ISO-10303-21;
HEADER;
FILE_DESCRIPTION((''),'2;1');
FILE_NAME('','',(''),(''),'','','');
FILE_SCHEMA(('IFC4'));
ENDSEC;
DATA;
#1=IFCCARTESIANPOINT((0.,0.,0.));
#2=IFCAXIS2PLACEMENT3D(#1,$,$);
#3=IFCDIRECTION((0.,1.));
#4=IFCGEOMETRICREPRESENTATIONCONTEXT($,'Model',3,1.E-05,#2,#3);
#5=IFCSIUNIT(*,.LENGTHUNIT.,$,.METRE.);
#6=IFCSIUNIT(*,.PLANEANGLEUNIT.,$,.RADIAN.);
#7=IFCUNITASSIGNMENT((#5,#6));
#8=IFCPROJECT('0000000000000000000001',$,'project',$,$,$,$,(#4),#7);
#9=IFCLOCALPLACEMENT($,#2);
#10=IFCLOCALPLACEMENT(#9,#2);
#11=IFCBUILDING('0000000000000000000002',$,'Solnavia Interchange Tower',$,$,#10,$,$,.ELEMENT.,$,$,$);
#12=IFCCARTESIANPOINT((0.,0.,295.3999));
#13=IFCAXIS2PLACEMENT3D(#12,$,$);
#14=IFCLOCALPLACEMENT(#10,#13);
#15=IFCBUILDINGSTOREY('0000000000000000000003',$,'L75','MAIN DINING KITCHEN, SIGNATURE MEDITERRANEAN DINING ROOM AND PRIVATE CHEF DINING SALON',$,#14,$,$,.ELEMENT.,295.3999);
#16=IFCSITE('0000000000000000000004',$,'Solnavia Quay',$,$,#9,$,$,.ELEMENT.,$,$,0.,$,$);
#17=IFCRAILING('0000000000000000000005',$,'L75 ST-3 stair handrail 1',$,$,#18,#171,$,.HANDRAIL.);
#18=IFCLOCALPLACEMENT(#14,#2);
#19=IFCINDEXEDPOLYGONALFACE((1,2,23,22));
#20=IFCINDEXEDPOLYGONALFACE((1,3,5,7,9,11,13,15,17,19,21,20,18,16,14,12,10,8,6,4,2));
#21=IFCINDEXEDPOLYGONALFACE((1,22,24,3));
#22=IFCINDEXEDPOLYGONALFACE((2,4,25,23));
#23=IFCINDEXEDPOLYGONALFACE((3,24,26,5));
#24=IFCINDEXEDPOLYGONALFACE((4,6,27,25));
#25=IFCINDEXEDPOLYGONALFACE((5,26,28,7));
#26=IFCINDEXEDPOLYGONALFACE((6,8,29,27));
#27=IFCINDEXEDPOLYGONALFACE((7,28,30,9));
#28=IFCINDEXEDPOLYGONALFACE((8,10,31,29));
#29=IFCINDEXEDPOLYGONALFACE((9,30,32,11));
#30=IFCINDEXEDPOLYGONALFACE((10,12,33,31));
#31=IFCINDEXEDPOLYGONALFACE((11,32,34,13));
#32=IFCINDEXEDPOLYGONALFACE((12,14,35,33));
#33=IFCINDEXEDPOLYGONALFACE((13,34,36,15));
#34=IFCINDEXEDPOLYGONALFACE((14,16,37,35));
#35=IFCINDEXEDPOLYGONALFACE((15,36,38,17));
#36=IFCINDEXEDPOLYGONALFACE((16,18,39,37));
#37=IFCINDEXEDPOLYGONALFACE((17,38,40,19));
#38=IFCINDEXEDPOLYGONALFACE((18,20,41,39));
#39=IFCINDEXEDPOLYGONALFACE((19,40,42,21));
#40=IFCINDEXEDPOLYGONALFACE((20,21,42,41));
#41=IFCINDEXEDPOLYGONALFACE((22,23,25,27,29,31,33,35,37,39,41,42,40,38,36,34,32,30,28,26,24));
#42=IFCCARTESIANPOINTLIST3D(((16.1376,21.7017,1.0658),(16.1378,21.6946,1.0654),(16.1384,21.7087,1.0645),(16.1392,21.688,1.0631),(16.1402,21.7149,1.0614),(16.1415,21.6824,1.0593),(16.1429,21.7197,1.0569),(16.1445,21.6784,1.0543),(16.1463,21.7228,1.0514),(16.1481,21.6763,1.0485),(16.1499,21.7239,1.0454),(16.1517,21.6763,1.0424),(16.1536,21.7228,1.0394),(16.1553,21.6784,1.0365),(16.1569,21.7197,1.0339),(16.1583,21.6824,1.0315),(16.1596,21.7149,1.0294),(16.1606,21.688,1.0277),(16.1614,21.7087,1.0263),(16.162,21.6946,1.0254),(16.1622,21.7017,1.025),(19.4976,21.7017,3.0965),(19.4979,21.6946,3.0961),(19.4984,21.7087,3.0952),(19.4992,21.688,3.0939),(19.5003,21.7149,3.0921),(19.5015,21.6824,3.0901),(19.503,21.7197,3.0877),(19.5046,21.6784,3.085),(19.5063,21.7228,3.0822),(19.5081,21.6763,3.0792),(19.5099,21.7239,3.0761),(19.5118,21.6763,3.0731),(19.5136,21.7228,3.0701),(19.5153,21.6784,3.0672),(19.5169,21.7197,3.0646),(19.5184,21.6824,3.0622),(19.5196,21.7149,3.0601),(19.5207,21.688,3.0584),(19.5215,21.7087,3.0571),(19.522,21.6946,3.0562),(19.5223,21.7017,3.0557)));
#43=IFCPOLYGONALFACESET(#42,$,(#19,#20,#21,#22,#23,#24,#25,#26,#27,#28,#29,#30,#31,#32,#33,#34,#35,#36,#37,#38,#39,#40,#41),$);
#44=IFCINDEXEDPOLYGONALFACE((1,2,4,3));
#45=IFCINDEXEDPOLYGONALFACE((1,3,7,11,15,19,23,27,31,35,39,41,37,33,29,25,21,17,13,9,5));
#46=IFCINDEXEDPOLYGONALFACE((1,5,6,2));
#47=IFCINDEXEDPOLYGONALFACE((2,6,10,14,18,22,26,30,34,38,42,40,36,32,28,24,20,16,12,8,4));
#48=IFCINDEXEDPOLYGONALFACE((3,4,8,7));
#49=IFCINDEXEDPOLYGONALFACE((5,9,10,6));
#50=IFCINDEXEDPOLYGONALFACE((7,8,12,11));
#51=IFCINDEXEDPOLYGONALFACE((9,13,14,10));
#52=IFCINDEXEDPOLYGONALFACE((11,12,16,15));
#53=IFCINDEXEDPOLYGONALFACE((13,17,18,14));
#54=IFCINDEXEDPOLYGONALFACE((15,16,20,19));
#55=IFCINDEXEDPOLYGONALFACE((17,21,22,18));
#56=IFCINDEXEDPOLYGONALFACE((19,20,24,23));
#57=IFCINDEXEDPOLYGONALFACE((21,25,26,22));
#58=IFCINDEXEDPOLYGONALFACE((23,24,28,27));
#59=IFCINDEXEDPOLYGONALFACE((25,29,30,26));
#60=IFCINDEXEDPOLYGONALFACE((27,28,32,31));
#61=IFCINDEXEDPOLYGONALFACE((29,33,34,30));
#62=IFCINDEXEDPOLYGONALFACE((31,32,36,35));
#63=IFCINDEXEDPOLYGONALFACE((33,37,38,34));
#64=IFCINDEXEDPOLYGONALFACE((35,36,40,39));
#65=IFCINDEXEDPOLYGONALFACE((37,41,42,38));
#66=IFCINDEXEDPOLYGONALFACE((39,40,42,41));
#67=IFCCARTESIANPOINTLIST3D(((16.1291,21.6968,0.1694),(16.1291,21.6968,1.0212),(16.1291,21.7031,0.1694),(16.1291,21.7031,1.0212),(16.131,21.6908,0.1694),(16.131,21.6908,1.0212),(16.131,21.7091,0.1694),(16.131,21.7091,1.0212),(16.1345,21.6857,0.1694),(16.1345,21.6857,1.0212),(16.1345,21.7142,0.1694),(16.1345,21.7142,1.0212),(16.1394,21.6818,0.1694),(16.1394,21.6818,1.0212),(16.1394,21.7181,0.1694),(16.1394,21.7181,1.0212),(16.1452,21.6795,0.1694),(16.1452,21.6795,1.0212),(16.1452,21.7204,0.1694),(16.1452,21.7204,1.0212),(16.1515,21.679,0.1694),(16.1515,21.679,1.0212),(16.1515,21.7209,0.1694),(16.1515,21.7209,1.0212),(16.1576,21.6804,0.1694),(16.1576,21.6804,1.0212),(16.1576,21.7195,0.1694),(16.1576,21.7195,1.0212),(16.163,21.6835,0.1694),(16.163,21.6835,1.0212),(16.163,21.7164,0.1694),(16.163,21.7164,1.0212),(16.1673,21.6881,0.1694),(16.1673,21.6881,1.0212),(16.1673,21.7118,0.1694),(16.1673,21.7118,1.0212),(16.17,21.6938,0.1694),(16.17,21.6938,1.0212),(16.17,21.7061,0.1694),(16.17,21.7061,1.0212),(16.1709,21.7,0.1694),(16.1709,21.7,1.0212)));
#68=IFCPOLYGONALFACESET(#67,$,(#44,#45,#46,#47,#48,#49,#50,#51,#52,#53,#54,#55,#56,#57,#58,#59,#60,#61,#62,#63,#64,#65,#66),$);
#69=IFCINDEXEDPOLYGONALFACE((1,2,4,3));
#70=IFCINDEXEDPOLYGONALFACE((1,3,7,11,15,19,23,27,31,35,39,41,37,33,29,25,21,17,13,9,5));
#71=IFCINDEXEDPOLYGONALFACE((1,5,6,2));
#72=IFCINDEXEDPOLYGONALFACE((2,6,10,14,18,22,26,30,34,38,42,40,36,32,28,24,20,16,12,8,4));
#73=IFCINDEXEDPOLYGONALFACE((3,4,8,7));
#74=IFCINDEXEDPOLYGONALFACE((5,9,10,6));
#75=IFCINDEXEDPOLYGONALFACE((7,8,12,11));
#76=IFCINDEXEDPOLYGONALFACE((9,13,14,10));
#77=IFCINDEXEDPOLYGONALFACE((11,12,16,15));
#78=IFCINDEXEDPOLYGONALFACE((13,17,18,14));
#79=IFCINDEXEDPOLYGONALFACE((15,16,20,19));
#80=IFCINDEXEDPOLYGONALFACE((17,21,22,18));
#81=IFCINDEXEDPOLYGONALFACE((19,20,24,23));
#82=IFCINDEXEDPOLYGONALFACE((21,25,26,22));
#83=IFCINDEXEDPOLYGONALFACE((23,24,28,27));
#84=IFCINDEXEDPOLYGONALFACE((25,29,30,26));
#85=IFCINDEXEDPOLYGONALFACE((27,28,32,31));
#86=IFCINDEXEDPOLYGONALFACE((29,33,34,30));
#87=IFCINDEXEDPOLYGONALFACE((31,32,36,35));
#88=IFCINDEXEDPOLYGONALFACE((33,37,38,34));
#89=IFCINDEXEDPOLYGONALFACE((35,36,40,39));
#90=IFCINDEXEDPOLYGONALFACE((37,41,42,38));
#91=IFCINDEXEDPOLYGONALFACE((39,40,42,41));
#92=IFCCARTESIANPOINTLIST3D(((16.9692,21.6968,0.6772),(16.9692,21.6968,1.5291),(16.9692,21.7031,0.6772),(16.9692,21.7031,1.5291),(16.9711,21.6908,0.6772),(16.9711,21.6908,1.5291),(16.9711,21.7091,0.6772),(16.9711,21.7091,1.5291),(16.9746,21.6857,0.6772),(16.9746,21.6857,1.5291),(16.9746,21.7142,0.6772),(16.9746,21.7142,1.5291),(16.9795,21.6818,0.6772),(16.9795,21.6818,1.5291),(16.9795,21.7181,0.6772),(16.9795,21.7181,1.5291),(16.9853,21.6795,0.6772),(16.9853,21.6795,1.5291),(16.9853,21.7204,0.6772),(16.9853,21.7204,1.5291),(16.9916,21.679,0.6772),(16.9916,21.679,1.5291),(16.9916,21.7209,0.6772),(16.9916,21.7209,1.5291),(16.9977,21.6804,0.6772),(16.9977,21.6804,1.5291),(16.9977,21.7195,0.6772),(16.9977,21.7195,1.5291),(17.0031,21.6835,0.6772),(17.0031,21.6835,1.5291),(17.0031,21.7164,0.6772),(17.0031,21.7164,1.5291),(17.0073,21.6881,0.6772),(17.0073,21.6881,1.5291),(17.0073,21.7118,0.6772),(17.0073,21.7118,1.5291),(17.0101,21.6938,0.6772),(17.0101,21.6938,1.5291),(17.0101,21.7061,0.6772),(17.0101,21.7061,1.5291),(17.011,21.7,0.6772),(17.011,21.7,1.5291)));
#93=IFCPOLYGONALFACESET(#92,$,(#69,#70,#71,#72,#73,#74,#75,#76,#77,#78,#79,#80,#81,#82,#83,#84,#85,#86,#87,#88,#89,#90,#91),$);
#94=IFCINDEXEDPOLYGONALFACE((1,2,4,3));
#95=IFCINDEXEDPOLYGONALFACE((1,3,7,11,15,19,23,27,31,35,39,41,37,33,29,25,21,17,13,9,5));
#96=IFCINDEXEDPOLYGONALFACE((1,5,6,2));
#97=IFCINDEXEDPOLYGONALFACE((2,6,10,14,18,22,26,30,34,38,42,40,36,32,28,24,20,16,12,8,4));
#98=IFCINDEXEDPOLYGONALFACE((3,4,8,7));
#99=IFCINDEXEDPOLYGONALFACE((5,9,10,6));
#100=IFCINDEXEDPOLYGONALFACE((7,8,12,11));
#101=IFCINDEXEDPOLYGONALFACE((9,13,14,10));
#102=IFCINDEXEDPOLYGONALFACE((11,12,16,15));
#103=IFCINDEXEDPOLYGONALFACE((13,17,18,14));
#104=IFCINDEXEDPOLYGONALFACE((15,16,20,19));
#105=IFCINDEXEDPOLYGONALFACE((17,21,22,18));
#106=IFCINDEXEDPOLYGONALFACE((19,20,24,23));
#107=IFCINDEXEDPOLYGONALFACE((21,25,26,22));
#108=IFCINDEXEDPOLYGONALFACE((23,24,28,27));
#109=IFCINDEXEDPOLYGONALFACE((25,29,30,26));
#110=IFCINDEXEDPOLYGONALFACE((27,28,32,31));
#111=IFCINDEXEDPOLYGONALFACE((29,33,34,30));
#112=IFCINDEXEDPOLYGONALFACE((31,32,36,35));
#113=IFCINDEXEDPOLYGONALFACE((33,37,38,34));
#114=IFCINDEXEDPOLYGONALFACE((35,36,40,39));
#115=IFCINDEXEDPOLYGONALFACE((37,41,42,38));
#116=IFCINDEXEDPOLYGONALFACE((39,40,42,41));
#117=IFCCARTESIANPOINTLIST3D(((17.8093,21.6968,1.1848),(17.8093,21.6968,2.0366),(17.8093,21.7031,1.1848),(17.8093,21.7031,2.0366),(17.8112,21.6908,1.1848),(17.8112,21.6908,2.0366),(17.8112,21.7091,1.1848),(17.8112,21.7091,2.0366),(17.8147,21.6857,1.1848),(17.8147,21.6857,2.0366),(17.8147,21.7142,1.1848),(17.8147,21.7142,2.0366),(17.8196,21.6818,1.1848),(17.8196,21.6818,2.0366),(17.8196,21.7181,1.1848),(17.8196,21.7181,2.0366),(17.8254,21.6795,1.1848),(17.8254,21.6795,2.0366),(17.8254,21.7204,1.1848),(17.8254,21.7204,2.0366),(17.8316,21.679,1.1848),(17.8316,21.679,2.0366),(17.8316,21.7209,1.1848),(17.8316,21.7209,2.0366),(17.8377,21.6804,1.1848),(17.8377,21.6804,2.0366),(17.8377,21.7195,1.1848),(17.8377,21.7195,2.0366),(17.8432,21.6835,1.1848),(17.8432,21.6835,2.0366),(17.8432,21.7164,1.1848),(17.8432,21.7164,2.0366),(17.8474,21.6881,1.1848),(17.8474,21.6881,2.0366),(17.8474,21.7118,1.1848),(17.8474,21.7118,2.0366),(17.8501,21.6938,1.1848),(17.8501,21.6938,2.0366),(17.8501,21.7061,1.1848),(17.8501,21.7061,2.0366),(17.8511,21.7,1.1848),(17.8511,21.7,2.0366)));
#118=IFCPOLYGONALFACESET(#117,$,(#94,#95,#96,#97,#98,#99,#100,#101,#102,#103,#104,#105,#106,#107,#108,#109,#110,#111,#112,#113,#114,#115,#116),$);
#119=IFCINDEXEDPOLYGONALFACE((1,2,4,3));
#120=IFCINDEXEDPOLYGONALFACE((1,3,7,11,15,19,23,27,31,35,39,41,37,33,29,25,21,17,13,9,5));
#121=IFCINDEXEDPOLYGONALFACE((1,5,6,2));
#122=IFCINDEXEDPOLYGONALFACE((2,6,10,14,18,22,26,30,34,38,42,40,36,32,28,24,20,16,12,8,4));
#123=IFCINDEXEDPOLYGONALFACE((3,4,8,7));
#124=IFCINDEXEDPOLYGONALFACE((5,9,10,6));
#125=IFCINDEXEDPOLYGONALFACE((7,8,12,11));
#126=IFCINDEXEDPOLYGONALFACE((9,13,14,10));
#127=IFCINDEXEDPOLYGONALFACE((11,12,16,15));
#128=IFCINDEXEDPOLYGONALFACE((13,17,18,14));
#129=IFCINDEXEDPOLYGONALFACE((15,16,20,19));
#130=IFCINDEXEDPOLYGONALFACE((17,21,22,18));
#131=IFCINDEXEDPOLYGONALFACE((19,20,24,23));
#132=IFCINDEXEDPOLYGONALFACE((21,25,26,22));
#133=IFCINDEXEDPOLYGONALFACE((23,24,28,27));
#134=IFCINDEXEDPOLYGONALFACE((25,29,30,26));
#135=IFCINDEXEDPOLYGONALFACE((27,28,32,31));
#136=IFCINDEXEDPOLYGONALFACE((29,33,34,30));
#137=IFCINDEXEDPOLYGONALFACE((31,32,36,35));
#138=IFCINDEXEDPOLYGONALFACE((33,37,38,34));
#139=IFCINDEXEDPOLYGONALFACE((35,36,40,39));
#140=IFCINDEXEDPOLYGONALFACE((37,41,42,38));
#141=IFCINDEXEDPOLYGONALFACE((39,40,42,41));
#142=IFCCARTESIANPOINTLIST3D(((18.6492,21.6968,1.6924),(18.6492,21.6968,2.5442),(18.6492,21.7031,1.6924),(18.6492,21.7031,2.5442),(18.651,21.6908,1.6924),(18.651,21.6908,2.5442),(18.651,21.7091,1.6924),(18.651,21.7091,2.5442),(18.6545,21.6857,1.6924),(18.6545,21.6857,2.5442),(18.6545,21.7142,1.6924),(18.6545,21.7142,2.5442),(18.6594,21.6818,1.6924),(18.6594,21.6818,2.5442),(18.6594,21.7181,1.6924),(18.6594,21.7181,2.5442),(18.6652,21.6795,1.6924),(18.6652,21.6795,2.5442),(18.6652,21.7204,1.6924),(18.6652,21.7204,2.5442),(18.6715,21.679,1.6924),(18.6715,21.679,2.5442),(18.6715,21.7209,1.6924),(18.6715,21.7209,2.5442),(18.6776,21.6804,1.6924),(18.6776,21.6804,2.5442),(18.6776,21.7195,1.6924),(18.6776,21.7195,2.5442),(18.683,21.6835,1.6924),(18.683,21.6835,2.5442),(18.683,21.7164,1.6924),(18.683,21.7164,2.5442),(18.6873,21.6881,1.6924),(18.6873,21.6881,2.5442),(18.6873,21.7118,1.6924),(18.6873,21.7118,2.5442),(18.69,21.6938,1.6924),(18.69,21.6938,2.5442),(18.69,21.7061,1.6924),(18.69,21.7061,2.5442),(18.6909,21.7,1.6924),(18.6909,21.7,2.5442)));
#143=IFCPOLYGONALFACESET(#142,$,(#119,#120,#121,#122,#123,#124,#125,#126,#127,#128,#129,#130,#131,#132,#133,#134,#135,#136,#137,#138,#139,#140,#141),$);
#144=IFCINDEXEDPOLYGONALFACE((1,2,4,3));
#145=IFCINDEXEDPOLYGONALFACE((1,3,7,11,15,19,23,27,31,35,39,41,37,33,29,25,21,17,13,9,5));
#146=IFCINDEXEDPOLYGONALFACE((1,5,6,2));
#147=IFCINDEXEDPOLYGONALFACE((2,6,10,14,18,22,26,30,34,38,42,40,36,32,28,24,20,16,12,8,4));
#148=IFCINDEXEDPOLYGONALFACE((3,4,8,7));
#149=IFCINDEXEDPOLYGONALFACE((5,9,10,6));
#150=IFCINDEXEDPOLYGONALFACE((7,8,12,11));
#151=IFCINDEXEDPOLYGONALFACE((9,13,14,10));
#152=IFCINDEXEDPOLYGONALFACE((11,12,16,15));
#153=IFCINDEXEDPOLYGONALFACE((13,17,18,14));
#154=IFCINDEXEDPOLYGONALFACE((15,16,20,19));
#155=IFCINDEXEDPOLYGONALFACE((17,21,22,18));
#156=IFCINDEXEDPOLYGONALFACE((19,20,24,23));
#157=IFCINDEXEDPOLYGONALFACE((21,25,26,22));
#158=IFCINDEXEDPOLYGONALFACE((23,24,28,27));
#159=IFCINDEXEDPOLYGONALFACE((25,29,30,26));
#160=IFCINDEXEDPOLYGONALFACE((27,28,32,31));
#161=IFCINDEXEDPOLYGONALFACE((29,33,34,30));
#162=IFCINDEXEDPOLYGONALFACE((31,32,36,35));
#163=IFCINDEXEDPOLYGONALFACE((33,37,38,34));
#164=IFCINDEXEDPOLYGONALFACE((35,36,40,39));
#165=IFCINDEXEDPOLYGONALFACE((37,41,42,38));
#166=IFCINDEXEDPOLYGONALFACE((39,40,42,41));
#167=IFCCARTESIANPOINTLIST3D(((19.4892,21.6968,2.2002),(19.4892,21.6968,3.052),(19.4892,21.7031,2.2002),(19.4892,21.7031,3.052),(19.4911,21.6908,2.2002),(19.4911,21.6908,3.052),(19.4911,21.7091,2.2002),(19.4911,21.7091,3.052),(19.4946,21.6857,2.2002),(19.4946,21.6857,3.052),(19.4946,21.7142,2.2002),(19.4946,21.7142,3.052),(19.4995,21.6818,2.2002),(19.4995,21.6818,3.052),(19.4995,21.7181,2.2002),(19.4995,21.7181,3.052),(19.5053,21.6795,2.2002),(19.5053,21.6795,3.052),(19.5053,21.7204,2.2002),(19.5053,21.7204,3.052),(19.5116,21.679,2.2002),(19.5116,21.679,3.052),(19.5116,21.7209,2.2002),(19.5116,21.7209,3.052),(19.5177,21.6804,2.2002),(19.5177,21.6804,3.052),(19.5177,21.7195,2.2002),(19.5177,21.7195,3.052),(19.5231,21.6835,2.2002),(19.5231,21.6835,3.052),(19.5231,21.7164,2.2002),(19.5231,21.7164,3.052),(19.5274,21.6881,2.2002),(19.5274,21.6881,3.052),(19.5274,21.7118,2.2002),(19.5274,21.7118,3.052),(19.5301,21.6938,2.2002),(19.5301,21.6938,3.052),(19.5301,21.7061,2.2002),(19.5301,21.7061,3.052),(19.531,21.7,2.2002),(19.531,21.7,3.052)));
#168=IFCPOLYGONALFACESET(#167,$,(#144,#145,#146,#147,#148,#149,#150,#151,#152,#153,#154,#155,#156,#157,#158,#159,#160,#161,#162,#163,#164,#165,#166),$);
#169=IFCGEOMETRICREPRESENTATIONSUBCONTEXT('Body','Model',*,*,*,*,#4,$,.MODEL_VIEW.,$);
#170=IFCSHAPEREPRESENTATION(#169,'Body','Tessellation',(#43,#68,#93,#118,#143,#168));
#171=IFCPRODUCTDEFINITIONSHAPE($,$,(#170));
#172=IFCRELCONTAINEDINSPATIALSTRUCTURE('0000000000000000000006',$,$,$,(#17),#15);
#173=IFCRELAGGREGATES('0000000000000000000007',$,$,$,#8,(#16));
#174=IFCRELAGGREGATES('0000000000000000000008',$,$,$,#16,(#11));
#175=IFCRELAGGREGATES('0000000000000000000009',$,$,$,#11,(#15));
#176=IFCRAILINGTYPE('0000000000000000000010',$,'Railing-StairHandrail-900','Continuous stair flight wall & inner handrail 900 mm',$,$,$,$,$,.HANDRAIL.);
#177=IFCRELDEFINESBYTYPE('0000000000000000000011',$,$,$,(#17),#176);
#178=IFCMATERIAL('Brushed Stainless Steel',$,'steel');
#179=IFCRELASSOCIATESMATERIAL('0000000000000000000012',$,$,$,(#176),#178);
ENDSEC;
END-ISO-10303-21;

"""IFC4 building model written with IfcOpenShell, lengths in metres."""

from ifc_helpers import new_model, si_unit, direction, frame, origin, origin_2d, place, context, subcontext, project, spatial, circle, extrude, material, type_object, element, save


model = new_model("IFC4")

# Units and contexts
model_context = context("Model", 3, precision=1e-05, world=origin(), true_north=direction((0.0, 1.0)))
body_context = subcontext(model_context, "Body", "Model", "MODEL_VIEW")
ifc_project = project(units=[si_unit("LENGTHUNIT", "METRE"), si_unit("PLANEANGLEUNIT", "RADIAN")], contexts=[model_context])

# Site, building, storey
site_placement = place(None, origin())
site = spatial("IfcSite", under=ifc_project, at=site_placement, Name="Solnavia Quay", CompositionType="ELEMENT", RefElevation=0.0)
building_placement = place(site_placement, origin())
building = spatial("IfcBuilding", under=site, at=building_placement, Name="Solnavia Interchange Tower", CompositionType="ELEMENT")
storey_placement = place(building_placement, frame((0.0, 0.0, 295.3999)))
storey = spatial("IfcBuildingStorey", under=building, at=storey_placement, Name="L75", Description="MAIN DINING KITCHEN, SIGNATURE MEDITERRANEAN DINING ROOM AND PRIVATE CHEF DINING SALON", CompositionType="ELEMENT", Elevation=295.3999)

# Railing
ifc_material_1 = material(Name="Brushed Stainless Steel", Category="steel")
railing_type_1 = type_object("IfcRailingType", Name="Railing-StairHandrail-900", Description="Continuous stair flight wall & inner handrail 900 mm", PredefinedType="HANDRAIL", material=ifc_material_1)
railing_1_placement = place(storey_placement, frame((16.1499, 21.7, 0.1694)))
element("IfcRailing", 1, at=railing_1_placement, inside=storey, type_object=railing_type_1, Name="L75 ST-3 stair handrail 1", PredefinedType="HANDRAIL", context=body_context, shape_type="SweptSolid", body=[
    extrude(circle(Radius=0.0239, at=origin_2d()), frame((0.0, 0.0, 0.876), z_axis=(0.855837, 0.0, 0.517246), x_axis=(0.0, 1.0, 0.0)), (0.0, 0.0, 1.0), 3.926),
    extrude(circle(Radius=0.021, at=origin_2d()), origin(), (0.0, 0.0, 1.0), 0.8518),
    extrude(circle(Radius=0.021, at=origin_2d()), frame((0.8401, 0.0, 0.5078)), (0.0, 0.0, 1.0), 0.8518),
    extrude(circle(Radius=0.021, at=origin_2d()), frame((1.6802, 0.0, 1.0154)), (0.0, 0.0, 1.0), 0.8518),
    extrude(circle(Radius=0.021, at=origin_2d()), frame((2.52, 0.0, 1.5229)), (0.0, 0.0, 1.0), 0.8518),
    extrude(circle(Radius=0.021, at=origin_2d()), frame((3.3601, 0.0, 2.0308)), (0.0, 0.0, 1.0), 0.8518),
])

save(model, "model.ifc")
